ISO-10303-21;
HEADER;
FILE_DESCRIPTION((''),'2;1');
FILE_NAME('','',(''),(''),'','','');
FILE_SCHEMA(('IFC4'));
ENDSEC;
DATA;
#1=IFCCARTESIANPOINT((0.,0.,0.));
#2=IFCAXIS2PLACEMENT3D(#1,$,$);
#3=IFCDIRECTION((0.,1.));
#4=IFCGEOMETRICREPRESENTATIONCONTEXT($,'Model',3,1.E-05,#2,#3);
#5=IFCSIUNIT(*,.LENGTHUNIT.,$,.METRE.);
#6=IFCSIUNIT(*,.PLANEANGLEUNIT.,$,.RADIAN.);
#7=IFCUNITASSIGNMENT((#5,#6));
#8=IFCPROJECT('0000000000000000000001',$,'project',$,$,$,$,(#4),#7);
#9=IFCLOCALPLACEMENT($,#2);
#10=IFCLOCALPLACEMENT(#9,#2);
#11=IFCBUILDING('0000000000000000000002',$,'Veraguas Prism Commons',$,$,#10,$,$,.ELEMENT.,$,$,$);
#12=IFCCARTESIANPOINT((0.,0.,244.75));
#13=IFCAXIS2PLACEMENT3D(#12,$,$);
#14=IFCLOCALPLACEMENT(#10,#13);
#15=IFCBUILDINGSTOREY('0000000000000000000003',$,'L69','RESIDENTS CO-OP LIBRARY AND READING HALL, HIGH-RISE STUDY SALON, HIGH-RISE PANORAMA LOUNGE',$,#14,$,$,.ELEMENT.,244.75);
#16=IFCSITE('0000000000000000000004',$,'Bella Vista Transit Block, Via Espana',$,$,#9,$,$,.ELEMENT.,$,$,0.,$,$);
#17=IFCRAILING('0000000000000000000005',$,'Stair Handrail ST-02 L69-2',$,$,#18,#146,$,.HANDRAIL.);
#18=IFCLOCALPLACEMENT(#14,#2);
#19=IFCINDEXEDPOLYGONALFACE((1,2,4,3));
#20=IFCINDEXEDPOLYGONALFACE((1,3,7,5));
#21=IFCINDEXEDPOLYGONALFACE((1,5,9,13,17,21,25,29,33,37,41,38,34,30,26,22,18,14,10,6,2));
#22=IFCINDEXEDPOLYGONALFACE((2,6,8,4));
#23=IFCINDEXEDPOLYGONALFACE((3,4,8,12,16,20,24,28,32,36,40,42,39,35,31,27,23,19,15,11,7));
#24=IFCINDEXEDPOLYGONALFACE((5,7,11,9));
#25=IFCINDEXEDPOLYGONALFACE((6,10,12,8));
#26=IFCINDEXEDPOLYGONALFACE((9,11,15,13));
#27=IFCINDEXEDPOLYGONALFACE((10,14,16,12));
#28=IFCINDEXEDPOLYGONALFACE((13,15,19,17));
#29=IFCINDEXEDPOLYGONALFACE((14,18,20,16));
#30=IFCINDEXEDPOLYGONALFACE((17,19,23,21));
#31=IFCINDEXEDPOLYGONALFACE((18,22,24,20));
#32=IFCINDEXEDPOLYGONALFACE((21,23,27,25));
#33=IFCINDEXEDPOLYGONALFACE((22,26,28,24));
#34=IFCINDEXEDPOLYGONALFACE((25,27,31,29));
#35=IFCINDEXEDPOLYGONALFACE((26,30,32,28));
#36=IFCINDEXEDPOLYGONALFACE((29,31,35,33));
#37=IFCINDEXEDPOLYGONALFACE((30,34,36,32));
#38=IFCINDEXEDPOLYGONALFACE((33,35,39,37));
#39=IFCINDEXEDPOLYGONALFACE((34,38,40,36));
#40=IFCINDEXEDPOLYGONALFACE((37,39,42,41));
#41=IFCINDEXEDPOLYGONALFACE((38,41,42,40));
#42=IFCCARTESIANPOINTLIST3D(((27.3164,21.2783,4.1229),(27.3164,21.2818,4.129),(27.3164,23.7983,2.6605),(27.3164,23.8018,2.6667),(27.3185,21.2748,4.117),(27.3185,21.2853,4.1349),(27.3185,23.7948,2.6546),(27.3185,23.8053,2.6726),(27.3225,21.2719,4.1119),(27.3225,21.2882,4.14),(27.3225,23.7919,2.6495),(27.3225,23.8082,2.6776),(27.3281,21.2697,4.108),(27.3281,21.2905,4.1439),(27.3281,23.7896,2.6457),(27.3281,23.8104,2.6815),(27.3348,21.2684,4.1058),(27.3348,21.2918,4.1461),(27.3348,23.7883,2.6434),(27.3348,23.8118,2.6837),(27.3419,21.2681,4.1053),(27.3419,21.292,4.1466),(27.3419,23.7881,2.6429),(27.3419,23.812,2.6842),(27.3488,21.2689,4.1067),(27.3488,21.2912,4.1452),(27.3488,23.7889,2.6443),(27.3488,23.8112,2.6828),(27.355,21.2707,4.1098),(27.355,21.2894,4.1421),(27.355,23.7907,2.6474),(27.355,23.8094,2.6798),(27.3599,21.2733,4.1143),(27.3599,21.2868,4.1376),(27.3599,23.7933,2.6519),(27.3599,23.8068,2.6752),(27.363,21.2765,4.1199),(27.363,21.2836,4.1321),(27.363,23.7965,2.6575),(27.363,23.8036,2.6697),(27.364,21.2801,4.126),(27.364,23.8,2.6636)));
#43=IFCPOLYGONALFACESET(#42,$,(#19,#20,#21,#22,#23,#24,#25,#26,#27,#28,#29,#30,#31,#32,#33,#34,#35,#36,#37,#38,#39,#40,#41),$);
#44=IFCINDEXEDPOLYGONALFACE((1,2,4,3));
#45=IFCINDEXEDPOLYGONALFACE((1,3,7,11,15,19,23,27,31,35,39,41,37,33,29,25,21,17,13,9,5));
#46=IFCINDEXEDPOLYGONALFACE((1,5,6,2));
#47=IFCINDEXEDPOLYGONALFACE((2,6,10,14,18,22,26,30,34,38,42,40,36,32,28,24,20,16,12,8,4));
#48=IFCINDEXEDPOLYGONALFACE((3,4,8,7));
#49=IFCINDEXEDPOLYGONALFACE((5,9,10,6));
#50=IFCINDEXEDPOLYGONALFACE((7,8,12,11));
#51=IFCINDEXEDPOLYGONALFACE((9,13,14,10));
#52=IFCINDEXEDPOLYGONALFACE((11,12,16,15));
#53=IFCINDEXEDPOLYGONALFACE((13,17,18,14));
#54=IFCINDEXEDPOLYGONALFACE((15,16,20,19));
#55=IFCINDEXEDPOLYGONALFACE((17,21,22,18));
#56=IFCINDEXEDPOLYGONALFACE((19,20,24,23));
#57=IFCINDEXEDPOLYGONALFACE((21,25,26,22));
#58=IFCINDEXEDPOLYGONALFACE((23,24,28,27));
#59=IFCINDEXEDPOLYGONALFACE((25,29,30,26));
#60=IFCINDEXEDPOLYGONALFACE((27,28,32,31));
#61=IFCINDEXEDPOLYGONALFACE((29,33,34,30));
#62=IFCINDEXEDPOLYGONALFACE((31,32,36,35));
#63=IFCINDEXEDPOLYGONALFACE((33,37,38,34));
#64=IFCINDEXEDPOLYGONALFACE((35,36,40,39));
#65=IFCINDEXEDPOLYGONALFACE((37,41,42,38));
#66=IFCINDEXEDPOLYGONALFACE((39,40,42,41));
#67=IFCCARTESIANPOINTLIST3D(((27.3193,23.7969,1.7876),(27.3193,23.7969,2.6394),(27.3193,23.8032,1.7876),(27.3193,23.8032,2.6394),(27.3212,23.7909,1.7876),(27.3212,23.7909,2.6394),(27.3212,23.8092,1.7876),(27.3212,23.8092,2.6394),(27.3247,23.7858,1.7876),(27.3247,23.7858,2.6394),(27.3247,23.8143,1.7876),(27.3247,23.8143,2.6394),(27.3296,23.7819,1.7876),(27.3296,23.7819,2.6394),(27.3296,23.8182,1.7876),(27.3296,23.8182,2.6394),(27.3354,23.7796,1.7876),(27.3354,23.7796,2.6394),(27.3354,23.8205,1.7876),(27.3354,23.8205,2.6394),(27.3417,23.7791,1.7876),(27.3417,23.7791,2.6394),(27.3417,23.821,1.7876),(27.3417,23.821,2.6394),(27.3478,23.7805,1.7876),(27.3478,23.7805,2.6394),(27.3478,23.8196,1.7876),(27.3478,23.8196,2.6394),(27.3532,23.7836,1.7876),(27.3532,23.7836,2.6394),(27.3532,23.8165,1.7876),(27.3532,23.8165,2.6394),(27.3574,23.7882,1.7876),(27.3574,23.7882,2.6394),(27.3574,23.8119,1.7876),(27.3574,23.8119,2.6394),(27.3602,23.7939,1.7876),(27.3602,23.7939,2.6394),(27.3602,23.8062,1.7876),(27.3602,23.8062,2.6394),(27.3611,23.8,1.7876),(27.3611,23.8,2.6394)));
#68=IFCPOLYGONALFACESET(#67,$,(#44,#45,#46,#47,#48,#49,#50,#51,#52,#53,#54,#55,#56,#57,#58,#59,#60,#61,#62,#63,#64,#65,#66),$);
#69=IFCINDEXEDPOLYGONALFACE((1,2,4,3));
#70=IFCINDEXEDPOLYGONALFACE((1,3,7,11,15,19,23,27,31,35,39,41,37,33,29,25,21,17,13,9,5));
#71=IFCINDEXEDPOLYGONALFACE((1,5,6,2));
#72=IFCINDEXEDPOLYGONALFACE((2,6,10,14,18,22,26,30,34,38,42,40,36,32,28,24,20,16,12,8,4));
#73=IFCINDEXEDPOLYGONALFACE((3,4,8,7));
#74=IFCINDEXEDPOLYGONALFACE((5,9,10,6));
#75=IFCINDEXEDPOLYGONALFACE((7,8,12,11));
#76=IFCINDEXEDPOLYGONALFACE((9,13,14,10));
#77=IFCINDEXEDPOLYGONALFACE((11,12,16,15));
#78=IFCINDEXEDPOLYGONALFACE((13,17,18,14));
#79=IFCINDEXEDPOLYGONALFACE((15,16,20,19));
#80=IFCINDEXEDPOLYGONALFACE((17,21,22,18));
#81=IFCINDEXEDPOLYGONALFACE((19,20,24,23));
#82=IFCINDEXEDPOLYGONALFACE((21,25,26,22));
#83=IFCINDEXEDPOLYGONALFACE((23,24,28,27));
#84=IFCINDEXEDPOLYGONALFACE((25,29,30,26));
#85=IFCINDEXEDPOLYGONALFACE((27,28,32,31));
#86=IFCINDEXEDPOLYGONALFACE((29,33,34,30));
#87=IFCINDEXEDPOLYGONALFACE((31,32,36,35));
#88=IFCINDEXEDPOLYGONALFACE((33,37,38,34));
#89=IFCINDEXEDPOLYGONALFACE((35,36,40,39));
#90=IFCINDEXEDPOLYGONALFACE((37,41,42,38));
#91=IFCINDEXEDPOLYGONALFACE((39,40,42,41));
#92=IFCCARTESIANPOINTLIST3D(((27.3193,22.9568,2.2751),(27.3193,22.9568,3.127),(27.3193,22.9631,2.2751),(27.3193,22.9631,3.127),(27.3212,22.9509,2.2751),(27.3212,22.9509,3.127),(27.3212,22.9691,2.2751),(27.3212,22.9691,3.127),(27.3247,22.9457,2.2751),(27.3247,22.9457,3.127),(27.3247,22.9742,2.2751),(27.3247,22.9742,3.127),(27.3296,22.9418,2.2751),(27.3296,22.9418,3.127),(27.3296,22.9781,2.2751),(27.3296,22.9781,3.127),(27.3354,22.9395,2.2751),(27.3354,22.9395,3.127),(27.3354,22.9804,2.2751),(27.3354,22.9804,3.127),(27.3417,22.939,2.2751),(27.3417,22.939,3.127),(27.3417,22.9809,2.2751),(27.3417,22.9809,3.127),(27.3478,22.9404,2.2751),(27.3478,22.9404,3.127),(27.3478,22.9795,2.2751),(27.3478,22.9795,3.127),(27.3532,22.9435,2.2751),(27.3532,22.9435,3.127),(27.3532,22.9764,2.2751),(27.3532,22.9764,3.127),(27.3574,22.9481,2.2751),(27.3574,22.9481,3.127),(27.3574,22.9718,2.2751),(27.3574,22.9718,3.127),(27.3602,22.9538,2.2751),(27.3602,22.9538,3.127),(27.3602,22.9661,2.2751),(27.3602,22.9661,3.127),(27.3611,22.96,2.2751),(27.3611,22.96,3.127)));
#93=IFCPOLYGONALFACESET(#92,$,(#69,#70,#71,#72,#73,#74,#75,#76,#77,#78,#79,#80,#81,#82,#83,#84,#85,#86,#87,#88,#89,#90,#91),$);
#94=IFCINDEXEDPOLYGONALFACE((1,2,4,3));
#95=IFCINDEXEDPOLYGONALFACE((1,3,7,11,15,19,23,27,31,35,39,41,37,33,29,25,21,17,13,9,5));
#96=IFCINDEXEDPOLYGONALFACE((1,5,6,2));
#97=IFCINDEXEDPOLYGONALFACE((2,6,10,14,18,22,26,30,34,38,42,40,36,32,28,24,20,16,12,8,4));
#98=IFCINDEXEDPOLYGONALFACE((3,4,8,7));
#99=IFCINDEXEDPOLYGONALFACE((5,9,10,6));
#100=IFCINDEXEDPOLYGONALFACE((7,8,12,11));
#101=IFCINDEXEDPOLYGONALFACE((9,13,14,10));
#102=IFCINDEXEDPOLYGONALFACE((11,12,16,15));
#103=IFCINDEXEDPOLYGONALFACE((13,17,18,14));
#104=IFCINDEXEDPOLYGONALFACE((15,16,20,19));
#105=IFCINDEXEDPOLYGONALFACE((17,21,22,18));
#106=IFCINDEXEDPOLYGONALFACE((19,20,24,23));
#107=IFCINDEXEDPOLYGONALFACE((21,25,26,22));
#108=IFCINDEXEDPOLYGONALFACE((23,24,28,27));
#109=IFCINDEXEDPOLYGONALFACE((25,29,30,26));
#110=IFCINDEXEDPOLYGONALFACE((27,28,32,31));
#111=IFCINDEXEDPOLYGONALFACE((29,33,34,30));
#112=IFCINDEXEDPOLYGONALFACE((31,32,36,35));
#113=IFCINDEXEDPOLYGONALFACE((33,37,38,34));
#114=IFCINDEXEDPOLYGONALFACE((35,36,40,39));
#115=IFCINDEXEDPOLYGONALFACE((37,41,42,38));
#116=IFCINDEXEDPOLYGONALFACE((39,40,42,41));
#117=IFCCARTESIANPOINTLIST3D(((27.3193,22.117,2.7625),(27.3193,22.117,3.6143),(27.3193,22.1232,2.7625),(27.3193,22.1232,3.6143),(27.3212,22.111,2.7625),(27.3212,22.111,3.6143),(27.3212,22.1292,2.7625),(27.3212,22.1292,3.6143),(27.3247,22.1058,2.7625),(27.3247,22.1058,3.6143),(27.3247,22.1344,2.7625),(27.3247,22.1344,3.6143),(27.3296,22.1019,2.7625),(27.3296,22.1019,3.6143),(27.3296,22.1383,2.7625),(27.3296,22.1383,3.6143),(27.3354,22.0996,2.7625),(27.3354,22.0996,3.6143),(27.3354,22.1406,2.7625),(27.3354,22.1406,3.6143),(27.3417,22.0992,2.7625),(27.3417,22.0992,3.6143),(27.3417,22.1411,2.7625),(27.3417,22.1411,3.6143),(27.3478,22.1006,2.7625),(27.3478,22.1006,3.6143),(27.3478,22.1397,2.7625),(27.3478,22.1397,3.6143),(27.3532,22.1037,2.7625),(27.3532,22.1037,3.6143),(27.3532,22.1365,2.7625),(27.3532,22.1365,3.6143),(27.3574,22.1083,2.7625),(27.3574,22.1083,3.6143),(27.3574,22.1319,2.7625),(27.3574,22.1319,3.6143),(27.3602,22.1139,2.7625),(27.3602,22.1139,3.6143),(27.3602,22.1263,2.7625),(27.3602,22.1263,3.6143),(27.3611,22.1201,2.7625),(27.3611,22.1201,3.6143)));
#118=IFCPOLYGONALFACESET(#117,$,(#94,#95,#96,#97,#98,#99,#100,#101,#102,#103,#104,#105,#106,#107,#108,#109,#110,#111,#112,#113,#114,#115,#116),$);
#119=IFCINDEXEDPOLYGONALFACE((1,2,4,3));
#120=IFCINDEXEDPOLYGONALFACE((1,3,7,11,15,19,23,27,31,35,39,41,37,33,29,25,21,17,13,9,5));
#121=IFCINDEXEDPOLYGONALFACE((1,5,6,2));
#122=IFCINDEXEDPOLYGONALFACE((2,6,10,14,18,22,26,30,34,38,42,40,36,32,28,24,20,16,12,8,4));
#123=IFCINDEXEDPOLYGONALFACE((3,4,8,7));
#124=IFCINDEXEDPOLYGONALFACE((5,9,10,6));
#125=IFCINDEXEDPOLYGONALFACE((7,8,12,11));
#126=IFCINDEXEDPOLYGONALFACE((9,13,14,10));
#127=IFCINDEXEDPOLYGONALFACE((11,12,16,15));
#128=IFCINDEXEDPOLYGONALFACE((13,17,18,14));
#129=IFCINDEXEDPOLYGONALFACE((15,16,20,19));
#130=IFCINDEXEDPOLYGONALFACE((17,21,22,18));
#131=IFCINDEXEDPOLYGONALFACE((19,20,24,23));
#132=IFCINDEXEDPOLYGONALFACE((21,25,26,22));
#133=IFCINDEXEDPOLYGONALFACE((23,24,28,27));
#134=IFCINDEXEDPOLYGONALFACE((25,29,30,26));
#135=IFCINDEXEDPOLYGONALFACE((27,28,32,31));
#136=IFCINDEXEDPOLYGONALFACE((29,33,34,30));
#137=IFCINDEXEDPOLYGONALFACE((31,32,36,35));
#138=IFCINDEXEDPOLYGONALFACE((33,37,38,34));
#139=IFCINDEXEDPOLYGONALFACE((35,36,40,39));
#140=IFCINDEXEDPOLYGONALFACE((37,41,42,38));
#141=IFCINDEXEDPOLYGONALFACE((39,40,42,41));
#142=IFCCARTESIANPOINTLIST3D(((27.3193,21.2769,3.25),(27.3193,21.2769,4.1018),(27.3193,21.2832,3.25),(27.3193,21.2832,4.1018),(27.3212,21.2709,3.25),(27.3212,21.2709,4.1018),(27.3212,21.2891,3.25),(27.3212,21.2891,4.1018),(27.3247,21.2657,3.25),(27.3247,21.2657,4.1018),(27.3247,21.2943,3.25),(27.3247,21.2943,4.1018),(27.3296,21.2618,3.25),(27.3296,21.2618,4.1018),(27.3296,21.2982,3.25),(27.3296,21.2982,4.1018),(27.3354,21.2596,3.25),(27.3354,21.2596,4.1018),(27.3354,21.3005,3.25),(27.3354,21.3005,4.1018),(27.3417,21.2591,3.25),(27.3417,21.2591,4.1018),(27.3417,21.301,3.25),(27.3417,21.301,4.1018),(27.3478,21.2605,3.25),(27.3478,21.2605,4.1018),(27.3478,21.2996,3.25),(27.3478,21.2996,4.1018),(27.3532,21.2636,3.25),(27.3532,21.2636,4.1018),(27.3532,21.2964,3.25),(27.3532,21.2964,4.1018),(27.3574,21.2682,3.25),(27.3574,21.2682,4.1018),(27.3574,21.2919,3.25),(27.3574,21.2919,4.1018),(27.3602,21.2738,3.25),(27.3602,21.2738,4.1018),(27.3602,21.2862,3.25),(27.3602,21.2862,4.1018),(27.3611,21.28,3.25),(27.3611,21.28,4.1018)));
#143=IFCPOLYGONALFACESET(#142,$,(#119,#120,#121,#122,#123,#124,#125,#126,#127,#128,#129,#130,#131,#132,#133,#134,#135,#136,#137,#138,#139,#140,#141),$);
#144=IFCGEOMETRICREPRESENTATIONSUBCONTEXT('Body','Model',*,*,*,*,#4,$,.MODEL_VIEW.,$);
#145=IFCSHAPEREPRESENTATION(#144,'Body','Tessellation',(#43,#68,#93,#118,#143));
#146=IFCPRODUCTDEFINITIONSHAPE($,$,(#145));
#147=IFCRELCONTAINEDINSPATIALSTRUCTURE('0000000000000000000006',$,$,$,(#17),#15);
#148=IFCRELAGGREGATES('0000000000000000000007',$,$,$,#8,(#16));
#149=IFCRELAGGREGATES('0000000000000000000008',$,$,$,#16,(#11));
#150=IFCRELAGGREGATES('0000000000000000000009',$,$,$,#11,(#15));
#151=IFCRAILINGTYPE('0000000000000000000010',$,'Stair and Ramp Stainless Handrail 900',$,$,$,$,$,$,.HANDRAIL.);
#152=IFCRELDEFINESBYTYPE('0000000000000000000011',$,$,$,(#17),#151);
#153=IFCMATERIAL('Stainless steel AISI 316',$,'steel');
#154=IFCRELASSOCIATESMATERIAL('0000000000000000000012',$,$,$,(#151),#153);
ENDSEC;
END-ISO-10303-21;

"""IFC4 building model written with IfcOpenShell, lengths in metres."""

from ifc_helpers import new_model, si_unit, direction, frame, origin, origin_2d, place, context, subcontext, project, spatial, circle, extrude, material, type_object, element, save


model = new_model("IFC4")

# Units and contexts
model_context = context("Model", 3, precision=1e-05, world=origin(), true_north=direction((0.0, 1.0)))
body_context = subcontext(model_context, "Body", "Model", "MODEL_VIEW")
ifc_project = project(units=[si_unit("LENGTHUNIT", "METRE"), si_unit("PLANEANGLEUNIT", "RADIAN")], contexts=[model_context])

# Site, building, storey
site_placement = place(None, origin())
site = spatial("IfcSite", under=ifc_project, at=site_placement, Name="Bella Vista Transit Block, Via Espana", CompositionType="ELEMENT", RefElevation=0.0)
building_placement = place(site_placement, origin())
building = spatial("IfcBuilding", under=site, at=building_placement, Name="Veraguas Prism Commons", CompositionType="ELEMENT")
storey_placement = place(building_placement, frame((0.0, 0.0, 244.75)))
storey = spatial("IfcBuildingStorey", under=building, at=storey_placement, Name="L69", Description="RESIDENTS CO-OP LIBRARY AND READING HALL, HIGH-RISE STUDY SALON, HIGH-RISE PANORAMA LOUNGE", CompositionType="ELEMENT", Elevation=244.75)

# Railing
ifc_material_1 = material(Name="Stainless steel AISI 316", Category="steel")
railing_type_1 = type_object("IfcRailingType", Name="Stair and Ramp Stainless Handrail 900", PredefinedType="HANDRAIL", material=ifc_material_1)
railing_1_placement = place(storey_placement, frame((27.3401, 23.8, 1.7876)))
element("IfcRailing", 1, at=railing_1_placement, inside=storey, type_object=railing_type_1, Name="Stair Handrail ST-02 L69-2", PredefinedType="HANDRAIL", context=body_context, shape_type="SweptSolid", body=[
    extrude(circle(Radius=0.0239, at=origin_2d()), frame((0.0, 0.0, 0.876), z_axis=(0.0, -0.864913, 0.501921), x_axis=(1.0, 0.0, 0.0)), (0.0, 0.0, 1.0), 2.9136),
    extrude(circle(Radius=0.021, at=origin_2d()), origin(), (0.0, 0.0, 1.0), 0.8518),
    extrude(circle(Radius=0.021, at=origin_2d()), frame((0.0, -0.8401, 0.4875)), (0.0, 0.0, 1.0), 0.8518),
    extrude(circle(Radius=0.021, at=origin_2d()), frame((0.0, -1.6799, 0.9749)), (0.0, 0.0, 1.0), 0.8518),
    extrude(circle(Radius=0.021, at=origin_2d()), frame((0.0, -2.52, 1.4624)), (0.0, 0.0, 1.0), 0.8518),
])

save(model, "model.ifc")
